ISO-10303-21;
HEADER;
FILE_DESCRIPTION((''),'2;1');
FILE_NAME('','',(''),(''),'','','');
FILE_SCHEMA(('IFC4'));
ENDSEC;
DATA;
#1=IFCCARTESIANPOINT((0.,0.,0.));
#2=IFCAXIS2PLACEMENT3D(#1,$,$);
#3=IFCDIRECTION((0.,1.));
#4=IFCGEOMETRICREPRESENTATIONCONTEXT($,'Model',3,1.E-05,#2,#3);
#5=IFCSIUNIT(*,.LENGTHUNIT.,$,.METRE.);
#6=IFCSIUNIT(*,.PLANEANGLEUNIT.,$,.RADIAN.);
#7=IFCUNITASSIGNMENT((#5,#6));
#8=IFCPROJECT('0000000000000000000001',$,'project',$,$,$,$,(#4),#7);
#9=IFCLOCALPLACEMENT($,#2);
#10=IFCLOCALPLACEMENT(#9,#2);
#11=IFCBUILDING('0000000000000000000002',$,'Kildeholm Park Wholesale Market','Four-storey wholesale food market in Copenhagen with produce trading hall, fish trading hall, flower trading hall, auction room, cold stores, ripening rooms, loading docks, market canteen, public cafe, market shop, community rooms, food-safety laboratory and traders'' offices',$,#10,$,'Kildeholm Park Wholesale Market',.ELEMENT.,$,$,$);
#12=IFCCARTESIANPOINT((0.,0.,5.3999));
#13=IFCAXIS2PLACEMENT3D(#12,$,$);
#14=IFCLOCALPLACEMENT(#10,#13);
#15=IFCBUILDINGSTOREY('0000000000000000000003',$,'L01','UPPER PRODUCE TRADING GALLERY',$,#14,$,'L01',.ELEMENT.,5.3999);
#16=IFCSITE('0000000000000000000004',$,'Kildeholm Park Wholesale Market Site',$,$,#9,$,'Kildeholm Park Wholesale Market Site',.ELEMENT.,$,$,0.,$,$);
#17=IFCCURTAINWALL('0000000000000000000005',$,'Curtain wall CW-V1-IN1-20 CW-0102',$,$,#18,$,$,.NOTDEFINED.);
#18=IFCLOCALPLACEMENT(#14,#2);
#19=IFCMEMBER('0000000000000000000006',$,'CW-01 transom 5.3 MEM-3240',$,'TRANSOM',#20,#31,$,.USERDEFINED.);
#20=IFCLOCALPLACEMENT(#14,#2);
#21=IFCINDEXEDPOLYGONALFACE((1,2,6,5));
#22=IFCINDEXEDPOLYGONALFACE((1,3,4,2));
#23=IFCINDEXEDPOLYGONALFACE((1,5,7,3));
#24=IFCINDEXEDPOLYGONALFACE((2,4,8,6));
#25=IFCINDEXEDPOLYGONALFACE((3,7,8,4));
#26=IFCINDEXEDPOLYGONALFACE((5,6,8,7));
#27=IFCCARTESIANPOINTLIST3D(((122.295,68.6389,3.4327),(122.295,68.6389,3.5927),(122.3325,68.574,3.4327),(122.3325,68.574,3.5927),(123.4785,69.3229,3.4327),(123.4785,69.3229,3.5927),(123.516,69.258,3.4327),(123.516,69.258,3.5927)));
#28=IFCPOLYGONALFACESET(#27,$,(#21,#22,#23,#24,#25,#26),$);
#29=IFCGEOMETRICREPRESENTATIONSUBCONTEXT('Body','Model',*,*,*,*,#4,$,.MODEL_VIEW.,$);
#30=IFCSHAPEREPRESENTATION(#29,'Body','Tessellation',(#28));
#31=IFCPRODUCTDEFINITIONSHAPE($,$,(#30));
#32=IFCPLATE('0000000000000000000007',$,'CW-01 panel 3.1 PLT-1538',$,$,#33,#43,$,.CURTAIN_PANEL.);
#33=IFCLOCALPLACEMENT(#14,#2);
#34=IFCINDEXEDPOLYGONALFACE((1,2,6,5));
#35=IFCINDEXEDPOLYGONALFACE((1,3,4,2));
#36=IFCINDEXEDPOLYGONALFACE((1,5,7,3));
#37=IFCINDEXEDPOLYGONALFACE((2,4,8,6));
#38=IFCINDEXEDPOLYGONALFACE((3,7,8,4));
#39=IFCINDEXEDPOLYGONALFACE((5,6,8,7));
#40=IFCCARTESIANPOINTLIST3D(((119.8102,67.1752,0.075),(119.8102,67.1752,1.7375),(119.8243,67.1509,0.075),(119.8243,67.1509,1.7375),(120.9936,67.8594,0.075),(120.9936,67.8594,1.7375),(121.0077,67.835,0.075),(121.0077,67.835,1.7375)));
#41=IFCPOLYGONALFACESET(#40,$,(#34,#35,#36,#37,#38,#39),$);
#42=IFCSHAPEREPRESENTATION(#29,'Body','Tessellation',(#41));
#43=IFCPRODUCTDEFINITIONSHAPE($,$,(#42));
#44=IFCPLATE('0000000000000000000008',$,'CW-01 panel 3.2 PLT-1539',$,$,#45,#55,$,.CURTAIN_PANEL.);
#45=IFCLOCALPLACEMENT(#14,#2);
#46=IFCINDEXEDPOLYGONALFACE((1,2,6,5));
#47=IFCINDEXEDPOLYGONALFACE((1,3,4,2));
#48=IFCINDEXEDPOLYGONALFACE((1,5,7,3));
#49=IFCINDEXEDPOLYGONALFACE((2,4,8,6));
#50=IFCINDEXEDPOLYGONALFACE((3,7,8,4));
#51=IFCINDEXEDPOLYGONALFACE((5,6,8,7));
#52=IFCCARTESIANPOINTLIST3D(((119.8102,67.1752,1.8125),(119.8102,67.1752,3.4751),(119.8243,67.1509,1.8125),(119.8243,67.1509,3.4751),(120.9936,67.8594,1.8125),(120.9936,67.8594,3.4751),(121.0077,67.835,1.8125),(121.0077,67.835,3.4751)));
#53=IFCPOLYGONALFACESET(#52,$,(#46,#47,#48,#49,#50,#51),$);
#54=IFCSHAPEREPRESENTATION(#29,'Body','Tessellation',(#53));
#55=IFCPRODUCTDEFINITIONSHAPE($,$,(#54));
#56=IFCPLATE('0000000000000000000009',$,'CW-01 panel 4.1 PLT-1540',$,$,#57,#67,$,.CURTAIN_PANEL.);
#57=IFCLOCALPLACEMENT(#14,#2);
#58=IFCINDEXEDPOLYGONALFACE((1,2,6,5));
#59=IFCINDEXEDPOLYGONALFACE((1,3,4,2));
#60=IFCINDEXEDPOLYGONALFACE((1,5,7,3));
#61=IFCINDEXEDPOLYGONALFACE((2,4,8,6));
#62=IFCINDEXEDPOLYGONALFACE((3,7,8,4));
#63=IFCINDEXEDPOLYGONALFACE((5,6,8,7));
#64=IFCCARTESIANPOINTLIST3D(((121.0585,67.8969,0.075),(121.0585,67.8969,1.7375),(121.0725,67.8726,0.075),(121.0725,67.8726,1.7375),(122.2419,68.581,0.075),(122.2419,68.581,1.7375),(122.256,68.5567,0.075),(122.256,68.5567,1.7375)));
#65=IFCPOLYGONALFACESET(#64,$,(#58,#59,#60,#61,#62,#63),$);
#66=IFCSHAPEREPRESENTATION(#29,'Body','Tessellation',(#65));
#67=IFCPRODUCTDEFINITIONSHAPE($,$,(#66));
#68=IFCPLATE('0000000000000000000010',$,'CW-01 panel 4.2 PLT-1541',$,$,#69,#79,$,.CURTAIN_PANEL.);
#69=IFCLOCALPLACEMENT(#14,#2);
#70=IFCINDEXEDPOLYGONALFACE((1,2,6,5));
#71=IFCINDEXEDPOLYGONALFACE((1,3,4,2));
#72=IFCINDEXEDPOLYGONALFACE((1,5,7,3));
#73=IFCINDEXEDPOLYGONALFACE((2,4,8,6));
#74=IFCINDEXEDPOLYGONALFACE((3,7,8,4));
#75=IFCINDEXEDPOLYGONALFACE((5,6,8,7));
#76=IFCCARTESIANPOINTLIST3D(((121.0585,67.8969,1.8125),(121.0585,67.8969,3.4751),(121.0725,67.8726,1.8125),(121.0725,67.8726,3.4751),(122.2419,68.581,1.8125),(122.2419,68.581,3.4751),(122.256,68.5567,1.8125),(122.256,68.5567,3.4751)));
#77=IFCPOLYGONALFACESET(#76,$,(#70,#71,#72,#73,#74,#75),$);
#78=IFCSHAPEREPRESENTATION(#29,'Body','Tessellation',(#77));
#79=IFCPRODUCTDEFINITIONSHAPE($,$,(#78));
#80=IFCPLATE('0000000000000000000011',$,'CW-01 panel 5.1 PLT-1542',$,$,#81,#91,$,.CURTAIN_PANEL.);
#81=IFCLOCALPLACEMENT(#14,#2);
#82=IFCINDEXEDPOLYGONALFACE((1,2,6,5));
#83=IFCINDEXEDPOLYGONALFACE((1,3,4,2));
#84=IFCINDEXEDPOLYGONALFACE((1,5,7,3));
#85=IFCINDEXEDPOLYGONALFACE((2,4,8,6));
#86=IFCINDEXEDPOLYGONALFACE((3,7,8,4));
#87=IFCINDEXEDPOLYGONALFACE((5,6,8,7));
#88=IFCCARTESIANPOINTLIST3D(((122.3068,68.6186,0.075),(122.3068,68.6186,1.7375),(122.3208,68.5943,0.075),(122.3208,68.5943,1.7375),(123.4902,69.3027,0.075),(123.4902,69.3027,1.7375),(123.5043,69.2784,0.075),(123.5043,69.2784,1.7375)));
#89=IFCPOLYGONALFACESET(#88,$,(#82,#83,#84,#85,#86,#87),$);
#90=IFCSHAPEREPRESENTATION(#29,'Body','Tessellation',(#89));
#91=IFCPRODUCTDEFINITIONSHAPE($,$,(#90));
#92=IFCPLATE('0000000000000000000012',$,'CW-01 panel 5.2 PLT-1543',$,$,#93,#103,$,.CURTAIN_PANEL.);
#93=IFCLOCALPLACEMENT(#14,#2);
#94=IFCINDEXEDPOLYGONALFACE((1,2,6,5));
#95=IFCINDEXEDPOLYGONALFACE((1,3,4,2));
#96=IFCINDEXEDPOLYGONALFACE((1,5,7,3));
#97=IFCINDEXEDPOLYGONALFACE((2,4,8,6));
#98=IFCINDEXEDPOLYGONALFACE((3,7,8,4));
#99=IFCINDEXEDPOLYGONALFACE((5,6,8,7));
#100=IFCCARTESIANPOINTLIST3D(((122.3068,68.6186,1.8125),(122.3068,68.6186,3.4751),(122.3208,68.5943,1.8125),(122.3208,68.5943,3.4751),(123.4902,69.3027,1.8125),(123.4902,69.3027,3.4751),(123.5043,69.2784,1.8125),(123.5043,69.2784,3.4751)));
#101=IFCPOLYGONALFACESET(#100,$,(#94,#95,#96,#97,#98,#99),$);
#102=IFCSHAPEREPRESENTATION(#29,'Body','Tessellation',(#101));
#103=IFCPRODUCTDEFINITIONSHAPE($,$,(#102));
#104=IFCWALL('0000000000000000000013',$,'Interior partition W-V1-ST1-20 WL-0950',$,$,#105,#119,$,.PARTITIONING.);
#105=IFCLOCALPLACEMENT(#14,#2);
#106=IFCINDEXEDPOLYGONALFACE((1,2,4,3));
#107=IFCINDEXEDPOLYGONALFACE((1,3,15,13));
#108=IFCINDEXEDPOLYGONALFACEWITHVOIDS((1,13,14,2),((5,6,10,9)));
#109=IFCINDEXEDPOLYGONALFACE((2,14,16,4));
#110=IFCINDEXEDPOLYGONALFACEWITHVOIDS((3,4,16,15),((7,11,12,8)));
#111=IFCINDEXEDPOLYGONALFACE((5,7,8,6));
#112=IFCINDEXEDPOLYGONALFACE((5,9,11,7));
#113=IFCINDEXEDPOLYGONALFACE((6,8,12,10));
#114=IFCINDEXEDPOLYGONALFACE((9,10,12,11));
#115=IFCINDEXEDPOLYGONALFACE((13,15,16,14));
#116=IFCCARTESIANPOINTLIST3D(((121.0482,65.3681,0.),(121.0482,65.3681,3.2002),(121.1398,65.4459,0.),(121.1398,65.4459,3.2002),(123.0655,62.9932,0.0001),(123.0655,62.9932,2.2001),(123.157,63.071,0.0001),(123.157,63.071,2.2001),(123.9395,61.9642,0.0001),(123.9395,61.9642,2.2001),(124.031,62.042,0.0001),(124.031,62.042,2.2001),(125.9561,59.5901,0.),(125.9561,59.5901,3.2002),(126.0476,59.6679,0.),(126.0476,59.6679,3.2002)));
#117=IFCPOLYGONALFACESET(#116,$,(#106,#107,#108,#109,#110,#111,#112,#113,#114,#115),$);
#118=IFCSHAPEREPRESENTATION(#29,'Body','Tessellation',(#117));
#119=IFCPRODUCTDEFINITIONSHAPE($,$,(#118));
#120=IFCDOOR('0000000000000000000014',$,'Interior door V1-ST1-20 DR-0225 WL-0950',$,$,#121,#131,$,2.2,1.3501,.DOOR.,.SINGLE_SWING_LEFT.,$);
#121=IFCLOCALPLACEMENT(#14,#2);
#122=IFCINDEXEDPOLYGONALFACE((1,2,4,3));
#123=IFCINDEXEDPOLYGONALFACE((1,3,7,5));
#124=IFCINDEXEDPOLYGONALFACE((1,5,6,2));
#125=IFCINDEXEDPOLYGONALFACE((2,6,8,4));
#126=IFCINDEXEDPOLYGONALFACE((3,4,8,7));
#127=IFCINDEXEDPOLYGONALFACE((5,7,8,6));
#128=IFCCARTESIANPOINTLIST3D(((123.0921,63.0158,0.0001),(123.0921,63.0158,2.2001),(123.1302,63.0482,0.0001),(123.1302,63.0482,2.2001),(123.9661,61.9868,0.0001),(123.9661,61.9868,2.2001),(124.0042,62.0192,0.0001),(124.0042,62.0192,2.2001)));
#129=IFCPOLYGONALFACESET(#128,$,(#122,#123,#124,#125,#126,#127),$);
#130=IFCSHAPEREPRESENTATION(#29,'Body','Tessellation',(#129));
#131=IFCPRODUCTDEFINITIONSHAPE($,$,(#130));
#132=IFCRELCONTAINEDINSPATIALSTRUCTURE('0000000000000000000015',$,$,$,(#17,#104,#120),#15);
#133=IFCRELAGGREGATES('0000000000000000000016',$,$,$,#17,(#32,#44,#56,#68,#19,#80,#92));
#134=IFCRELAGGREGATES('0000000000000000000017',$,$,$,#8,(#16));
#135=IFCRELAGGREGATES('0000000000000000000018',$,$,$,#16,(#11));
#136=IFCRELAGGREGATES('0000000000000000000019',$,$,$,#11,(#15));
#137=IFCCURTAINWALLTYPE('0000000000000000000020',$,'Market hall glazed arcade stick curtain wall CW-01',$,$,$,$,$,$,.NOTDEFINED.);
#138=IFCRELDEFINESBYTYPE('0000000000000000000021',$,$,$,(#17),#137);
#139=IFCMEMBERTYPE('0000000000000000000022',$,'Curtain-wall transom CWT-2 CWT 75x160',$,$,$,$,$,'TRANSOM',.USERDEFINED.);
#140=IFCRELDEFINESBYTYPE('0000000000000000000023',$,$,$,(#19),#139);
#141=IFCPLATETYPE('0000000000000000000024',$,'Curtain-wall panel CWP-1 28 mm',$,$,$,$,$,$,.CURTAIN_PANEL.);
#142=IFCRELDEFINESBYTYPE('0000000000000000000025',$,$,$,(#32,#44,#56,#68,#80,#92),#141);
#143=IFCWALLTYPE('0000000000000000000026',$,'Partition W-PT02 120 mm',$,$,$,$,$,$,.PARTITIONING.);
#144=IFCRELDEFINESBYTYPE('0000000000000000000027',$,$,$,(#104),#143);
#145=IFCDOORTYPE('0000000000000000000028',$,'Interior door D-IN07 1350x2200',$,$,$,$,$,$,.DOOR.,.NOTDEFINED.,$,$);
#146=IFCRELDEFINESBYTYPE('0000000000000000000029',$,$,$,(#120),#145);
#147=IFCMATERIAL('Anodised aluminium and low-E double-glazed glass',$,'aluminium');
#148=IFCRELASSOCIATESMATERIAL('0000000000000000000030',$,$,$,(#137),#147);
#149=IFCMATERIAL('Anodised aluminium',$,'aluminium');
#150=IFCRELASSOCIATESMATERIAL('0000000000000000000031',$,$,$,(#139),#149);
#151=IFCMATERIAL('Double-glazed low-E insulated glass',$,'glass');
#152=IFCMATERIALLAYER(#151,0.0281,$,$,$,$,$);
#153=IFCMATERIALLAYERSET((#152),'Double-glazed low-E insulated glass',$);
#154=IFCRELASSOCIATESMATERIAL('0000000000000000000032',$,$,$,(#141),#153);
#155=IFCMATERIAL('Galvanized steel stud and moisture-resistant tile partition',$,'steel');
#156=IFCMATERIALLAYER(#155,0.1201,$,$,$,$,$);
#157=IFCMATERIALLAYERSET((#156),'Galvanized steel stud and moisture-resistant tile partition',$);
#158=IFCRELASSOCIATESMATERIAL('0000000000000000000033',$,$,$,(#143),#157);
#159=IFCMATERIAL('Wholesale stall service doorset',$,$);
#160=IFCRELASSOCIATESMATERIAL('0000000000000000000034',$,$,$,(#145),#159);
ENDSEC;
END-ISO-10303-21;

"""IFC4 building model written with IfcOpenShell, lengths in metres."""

from ifc_helpers import new_model, si_unit, direction, frame, frame_2d, origin, origin_2d, place, context, subcontext, project, spatial, rectangle, extrude, material, layer, layer_set, material_profile, profile_set, type_object, element, fill, aggregate, save


model = new_model("IFC4")

# Units and contexts
model_context = context("Model", 3, precision=1e-05, world=origin(), true_north=direction((0.0, 1.0)))
body_context = subcontext(model_context, "Body", "Model", "MODEL_VIEW")
ifc_project = project(units=[si_unit("LENGTHUNIT", "METRE"), si_unit("PLANEANGLEUNIT", "RADIAN")], contexts=[model_context])

# Site, building, storey
site_placement = place(None, origin())
site = spatial("IfcSite", under=ifc_project, at=site_placement, Name="Kildeholm Park Wholesale Market Site", LongName="Kildeholm Park Wholesale Market Site", CompositionType="ELEMENT", RefElevation=0.0)
building_placement = place(site_placement, origin())
building = spatial("IfcBuilding", under=site, at=building_placement, Name="Kildeholm Park Wholesale Market", Description="Four-storey wholesale food market in Copenhagen with produce trading hall, fish trading hall, flower trading hall, auction room, cold stores, ripening rooms, loading docks, market canteen, public cafe, market shop, community rooms, food-safety laboratory and traders' offices", LongName="Kildeholm Park Wholesale Market", CompositionType="ELEMENT")
storey_placement = place(building_placement, frame((0.0, 0.0, 5.3999)))
storey = spatial("IfcBuildingStorey", under=building, at=storey_placement, Name="L01", Description="UPPER PRODUCE TRADING GALLERY", LongName="L01", CompositionType="ELEMENT", Elevation=5.3999)

# Curtain wall, member, plates
ifc_material_1 = material(Name="Anodised aluminium and low-E double-glazed glass", Category="aluminium")
curtain_wall_type = type_object("IfcCurtainWallType", Name="Market hall glazed arcade stick curtain wall CW-01", PredefinedType="NOTDEFINED", material=ifc_material_1)
curtain_wall_placement = place(storey_placement, origin())
curtain_wall = element("IfcCurtainWall", 1, at=curtain_wall_placement, inside=storey, type_object=curtain_wall_type, Name="Curtain wall CW-V1-IN1-20 CW-0102", PredefinedType="NOTDEFINED")
ifc_material_2 = material(Name="Anodised aluminium", Category="aluminium")
ifc_material_profile_1 = material_profile(ifc_material_2, rectangle(XDim=0.075, YDim=0.1599, at=origin_2d()), Name="CWT 75x160")
ifc_profile_set_1 = profile_set([ifc_material_profile_1], Name="Anodised aluminium")
member_type_1 = type_object("IfcMemberType", Name="Curtain-wall transom CWT-2 CWT 75x160", ElementType="TRANSOM", PredefinedType="USERDEFINED", material=ifc_profile_set_1)
member_1_placement = place(storey_placement, frame((122.3137, 68.6064, 3.5127), z_axis=(0.865793, 0.500403, 0.0), x_axis=(-0.500403, 0.865793, 0.0)))
member_1 = element("IfcMember", 2, at=member_1_placement, type_object=member_type_1, Name="CW-01 transom 5.3 MEM-3240", ObjectType="TRANSOM", PredefinedType="USERDEFINED", context=body_context, shape_type="SweptSolid", body=[
    extrude(rectangle(XDim=0.075, YDim=0.1599, at=origin_2d()), origin(), (0.0, 0.0, 1.0), 1.3669),
])
ifc_material_3 = material(Name="Double-glazed low-E insulated glass", Category="glass")
ifc_layer_1 = layer(ifc_material_3, 0.0281)
ifc_layer_set_1 = layer_set([ifc_layer_1], Name="Double-glazed low-E insulated glass")
plate_type = type_object("IfcPlateType", Name="Curtain-wall panel CWP-1 28 mm", PredefinedType="CURTAIN_PANEL", material=ifc_layer_set_1)
plate_1_placement = place(storey_placement, frame((120.4089, 67.5051, 0.075), z_axis=(0.0, 0.0, 1.0), x_axis=(0.865743, 0.500489, 0.0)))
plate_1 = element("IfcPlate", 3, at=plate_1_placement, type_object=plate_type, Name="CW-01 panel 3.1 PLT-1538", PredefinedType="CURTAIN_PANEL", context=body_context, shape_type="SweptSolid", body=[
    extrude(rectangle(XDim=1.3669, YDim=0.0281, at=origin_2d()), origin(), (0.0, 0.0, 1.0), 1.6626),
])
plate_2_placement = place(storey_placement, frame((120.4089, 67.5051, 1.8125), z_axis=(0.0, 0.0, 1.0), x_axis=(0.865743, 0.500489, 0.0)))
plate_2 = element("IfcPlate", 4, at=plate_2_placement, type_object=plate_type, Name="CW-01 panel 3.2 PLT-1539", PredefinedType="CURTAIN_PANEL", context=body_context, shape_type="SweptSolid", body=[
    extrude(rectangle(XDim=1.3669, YDim=0.0281, at=origin_2d()), origin(), (0.0, 0.0, 1.0), 1.6626),
])
plate_3_placement = place(storey_placement, frame((121.6572, 68.2268, 0.075), z_axis=(0.0, 0.0, 1.0), x_axis=(0.865743, 0.500489, 0.0)))
plate_3 = element("IfcPlate", 5, at=plate_3_placement, type_object=plate_type, Name="CW-01 panel 4.1 PLT-1540", PredefinedType="CURTAIN_PANEL", context=body_context, shape_type="SweptSolid", body=[
    extrude(rectangle(XDim=1.3669, YDim=0.0281, at=origin_2d()), origin(), (0.0, 0.0, 1.0), 1.6626),
])
plate_4_placement = place(storey_placement, frame((121.6572, 68.2268, 1.8125), z_axis=(0.0, 0.0, 1.0), x_axis=(0.865743, 0.500489, 0.0)))
plate_4 = element("IfcPlate", 6, at=plate_4_placement, type_object=plate_type, Name="CW-01 panel 4.2 PLT-1541", PredefinedType="CURTAIN_PANEL", context=body_context, shape_type="SweptSolid", body=[
    extrude(rectangle(XDim=1.3669, YDim=0.0281, at=origin_2d()), origin(), (0.0, 0.0, 1.0), 1.6626),
])
plate_5_placement = place(storey_placement, frame((122.9055, 68.9485, 0.075), z_axis=(0.0, 0.0, 1.0), x_axis=(0.865743, 0.500489, 0.0)))
plate_5 = element("IfcPlate", 7, at=plate_5_placement, type_object=plate_type, Name="CW-01 panel 5.1 PLT-1542", PredefinedType="CURTAIN_PANEL", context=body_context, shape_type="SweptSolid", body=[
    extrude(rectangle(XDim=1.3669, YDim=0.0281, at=origin_2d()), origin(), (0.0, 0.0, 1.0), 1.6626),
])
plate_6_placement = place(storey_placement, frame((122.9055, 68.9485, 1.8125), z_axis=(0.0, 0.0, 1.0), x_axis=(0.865743, 0.500489, 0.0)))
plate_6 = element("IfcPlate", 8, at=plate_6_placement, type_object=plate_type, Name="CW-01 panel 5.2 PLT-1543", PredefinedType="CURTAIN_PANEL", context=body_context, shape_type="SweptSolid", body=[
    extrude(rectangle(XDim=1.3669, YDim=0.0281, at=origin_2d()), origin(), (0.0, 0.0, 1.0), 1.6626),
])
aggregate(curtain_wall, [plate_1, plate_2, plate_3, plate_4, member_1, plate_5, plate_6])

# Wall, opening, door
ifc_material_4 = material(Name="Galvanized steel stud and moisture-resistant tile partition", Category="steel")
ifc_layer_2 = layer(ifc_material_4, 0.1201)
ifc_layer_set_2 = layer_set([ifc_layer_2], Name="Galvanized steel stud and moisture-resistant tile partition")
wall_type = type_object("IfcWallType", Name="Partition W-PT02 120 mm", PredefinedType="PARTITIONING", material=ifc_layer_set_2)
wall_placement = place(storey_placement, frame((121.094, 65.407, 0.0), z_axis=(0.0, 0.0, 1.0), x_axis=(0.647388, -0.762161, 0.0)))
wall = element("IfcWall", 9, at=wall_placement, inside=storey, type_object=wall_type, Name="Interior partition W-V1-ST1-20 WL-0950", PredefinedType="PARTITIONING", context=body_context, shape_type="SweptSolid", body=[
    extrude(rectangle(XDim=7.5811, YDim=0.1201, at=frame_2d((3.7905, 0.0))), origin(), (0.0, 0.0, 1.0), 3.2002),
])
opening_placement = place(wall_placement, frame((3.116, 0.0, 0.0)))
opening = element("IfcOpeningElement", 10, at=opening_placement, cuts=wall, PredefinedType="OPENING", context=body_context, shape_type="SweptSolid", body=[
    extrude(rectangle(XDim=1.3501, YDim=2.2, at=frame_2d((0.675, 1.1001))), frame((0.0, 0.0701, 0.0), z_axis=(0.0, -1.0, 0.0), x_axis=(1.0, 0.0, 0.0)), (0.0, 0.0, 1.0), 0.1401),
])
ifc_material_5 = material(Name="Wholesale stall service doorset")
door_type = type_object("IfcDoorType", Name="Interior door D-IN07 1350x2200", OperationType="NOTDEFINED", PredefinedType="DOOR", material=ifc_material_5)
door_placement = place(opening_placement, origin())
door = element("IfcDoor", 11, at=door_placement, inside=storey, type_object=door_type, Name="Interior door V1-ST1-20 DR-0225 WL-0950", OperationType="SINGLE_SWING_LEFT", OverallHeight=2.2, OverallWidth=1.3501, PredefinedType="DOOR", context=body_context, shape_type="SweptSolid", body=[
    extrude(rectangle(XDim=1.3501, YDim=2.2, at=frame_2d((0.675, 1.1001))), frame((0.0, 0.0249, 0.0), z_axis=(0.0, -1.0, 0.0), x_axis=(1.0, 0.0, 0.0)), (0.0, 0.0, 1.0), 0.05),
])
fill(opening, door)

save(model, "model.ifc")
